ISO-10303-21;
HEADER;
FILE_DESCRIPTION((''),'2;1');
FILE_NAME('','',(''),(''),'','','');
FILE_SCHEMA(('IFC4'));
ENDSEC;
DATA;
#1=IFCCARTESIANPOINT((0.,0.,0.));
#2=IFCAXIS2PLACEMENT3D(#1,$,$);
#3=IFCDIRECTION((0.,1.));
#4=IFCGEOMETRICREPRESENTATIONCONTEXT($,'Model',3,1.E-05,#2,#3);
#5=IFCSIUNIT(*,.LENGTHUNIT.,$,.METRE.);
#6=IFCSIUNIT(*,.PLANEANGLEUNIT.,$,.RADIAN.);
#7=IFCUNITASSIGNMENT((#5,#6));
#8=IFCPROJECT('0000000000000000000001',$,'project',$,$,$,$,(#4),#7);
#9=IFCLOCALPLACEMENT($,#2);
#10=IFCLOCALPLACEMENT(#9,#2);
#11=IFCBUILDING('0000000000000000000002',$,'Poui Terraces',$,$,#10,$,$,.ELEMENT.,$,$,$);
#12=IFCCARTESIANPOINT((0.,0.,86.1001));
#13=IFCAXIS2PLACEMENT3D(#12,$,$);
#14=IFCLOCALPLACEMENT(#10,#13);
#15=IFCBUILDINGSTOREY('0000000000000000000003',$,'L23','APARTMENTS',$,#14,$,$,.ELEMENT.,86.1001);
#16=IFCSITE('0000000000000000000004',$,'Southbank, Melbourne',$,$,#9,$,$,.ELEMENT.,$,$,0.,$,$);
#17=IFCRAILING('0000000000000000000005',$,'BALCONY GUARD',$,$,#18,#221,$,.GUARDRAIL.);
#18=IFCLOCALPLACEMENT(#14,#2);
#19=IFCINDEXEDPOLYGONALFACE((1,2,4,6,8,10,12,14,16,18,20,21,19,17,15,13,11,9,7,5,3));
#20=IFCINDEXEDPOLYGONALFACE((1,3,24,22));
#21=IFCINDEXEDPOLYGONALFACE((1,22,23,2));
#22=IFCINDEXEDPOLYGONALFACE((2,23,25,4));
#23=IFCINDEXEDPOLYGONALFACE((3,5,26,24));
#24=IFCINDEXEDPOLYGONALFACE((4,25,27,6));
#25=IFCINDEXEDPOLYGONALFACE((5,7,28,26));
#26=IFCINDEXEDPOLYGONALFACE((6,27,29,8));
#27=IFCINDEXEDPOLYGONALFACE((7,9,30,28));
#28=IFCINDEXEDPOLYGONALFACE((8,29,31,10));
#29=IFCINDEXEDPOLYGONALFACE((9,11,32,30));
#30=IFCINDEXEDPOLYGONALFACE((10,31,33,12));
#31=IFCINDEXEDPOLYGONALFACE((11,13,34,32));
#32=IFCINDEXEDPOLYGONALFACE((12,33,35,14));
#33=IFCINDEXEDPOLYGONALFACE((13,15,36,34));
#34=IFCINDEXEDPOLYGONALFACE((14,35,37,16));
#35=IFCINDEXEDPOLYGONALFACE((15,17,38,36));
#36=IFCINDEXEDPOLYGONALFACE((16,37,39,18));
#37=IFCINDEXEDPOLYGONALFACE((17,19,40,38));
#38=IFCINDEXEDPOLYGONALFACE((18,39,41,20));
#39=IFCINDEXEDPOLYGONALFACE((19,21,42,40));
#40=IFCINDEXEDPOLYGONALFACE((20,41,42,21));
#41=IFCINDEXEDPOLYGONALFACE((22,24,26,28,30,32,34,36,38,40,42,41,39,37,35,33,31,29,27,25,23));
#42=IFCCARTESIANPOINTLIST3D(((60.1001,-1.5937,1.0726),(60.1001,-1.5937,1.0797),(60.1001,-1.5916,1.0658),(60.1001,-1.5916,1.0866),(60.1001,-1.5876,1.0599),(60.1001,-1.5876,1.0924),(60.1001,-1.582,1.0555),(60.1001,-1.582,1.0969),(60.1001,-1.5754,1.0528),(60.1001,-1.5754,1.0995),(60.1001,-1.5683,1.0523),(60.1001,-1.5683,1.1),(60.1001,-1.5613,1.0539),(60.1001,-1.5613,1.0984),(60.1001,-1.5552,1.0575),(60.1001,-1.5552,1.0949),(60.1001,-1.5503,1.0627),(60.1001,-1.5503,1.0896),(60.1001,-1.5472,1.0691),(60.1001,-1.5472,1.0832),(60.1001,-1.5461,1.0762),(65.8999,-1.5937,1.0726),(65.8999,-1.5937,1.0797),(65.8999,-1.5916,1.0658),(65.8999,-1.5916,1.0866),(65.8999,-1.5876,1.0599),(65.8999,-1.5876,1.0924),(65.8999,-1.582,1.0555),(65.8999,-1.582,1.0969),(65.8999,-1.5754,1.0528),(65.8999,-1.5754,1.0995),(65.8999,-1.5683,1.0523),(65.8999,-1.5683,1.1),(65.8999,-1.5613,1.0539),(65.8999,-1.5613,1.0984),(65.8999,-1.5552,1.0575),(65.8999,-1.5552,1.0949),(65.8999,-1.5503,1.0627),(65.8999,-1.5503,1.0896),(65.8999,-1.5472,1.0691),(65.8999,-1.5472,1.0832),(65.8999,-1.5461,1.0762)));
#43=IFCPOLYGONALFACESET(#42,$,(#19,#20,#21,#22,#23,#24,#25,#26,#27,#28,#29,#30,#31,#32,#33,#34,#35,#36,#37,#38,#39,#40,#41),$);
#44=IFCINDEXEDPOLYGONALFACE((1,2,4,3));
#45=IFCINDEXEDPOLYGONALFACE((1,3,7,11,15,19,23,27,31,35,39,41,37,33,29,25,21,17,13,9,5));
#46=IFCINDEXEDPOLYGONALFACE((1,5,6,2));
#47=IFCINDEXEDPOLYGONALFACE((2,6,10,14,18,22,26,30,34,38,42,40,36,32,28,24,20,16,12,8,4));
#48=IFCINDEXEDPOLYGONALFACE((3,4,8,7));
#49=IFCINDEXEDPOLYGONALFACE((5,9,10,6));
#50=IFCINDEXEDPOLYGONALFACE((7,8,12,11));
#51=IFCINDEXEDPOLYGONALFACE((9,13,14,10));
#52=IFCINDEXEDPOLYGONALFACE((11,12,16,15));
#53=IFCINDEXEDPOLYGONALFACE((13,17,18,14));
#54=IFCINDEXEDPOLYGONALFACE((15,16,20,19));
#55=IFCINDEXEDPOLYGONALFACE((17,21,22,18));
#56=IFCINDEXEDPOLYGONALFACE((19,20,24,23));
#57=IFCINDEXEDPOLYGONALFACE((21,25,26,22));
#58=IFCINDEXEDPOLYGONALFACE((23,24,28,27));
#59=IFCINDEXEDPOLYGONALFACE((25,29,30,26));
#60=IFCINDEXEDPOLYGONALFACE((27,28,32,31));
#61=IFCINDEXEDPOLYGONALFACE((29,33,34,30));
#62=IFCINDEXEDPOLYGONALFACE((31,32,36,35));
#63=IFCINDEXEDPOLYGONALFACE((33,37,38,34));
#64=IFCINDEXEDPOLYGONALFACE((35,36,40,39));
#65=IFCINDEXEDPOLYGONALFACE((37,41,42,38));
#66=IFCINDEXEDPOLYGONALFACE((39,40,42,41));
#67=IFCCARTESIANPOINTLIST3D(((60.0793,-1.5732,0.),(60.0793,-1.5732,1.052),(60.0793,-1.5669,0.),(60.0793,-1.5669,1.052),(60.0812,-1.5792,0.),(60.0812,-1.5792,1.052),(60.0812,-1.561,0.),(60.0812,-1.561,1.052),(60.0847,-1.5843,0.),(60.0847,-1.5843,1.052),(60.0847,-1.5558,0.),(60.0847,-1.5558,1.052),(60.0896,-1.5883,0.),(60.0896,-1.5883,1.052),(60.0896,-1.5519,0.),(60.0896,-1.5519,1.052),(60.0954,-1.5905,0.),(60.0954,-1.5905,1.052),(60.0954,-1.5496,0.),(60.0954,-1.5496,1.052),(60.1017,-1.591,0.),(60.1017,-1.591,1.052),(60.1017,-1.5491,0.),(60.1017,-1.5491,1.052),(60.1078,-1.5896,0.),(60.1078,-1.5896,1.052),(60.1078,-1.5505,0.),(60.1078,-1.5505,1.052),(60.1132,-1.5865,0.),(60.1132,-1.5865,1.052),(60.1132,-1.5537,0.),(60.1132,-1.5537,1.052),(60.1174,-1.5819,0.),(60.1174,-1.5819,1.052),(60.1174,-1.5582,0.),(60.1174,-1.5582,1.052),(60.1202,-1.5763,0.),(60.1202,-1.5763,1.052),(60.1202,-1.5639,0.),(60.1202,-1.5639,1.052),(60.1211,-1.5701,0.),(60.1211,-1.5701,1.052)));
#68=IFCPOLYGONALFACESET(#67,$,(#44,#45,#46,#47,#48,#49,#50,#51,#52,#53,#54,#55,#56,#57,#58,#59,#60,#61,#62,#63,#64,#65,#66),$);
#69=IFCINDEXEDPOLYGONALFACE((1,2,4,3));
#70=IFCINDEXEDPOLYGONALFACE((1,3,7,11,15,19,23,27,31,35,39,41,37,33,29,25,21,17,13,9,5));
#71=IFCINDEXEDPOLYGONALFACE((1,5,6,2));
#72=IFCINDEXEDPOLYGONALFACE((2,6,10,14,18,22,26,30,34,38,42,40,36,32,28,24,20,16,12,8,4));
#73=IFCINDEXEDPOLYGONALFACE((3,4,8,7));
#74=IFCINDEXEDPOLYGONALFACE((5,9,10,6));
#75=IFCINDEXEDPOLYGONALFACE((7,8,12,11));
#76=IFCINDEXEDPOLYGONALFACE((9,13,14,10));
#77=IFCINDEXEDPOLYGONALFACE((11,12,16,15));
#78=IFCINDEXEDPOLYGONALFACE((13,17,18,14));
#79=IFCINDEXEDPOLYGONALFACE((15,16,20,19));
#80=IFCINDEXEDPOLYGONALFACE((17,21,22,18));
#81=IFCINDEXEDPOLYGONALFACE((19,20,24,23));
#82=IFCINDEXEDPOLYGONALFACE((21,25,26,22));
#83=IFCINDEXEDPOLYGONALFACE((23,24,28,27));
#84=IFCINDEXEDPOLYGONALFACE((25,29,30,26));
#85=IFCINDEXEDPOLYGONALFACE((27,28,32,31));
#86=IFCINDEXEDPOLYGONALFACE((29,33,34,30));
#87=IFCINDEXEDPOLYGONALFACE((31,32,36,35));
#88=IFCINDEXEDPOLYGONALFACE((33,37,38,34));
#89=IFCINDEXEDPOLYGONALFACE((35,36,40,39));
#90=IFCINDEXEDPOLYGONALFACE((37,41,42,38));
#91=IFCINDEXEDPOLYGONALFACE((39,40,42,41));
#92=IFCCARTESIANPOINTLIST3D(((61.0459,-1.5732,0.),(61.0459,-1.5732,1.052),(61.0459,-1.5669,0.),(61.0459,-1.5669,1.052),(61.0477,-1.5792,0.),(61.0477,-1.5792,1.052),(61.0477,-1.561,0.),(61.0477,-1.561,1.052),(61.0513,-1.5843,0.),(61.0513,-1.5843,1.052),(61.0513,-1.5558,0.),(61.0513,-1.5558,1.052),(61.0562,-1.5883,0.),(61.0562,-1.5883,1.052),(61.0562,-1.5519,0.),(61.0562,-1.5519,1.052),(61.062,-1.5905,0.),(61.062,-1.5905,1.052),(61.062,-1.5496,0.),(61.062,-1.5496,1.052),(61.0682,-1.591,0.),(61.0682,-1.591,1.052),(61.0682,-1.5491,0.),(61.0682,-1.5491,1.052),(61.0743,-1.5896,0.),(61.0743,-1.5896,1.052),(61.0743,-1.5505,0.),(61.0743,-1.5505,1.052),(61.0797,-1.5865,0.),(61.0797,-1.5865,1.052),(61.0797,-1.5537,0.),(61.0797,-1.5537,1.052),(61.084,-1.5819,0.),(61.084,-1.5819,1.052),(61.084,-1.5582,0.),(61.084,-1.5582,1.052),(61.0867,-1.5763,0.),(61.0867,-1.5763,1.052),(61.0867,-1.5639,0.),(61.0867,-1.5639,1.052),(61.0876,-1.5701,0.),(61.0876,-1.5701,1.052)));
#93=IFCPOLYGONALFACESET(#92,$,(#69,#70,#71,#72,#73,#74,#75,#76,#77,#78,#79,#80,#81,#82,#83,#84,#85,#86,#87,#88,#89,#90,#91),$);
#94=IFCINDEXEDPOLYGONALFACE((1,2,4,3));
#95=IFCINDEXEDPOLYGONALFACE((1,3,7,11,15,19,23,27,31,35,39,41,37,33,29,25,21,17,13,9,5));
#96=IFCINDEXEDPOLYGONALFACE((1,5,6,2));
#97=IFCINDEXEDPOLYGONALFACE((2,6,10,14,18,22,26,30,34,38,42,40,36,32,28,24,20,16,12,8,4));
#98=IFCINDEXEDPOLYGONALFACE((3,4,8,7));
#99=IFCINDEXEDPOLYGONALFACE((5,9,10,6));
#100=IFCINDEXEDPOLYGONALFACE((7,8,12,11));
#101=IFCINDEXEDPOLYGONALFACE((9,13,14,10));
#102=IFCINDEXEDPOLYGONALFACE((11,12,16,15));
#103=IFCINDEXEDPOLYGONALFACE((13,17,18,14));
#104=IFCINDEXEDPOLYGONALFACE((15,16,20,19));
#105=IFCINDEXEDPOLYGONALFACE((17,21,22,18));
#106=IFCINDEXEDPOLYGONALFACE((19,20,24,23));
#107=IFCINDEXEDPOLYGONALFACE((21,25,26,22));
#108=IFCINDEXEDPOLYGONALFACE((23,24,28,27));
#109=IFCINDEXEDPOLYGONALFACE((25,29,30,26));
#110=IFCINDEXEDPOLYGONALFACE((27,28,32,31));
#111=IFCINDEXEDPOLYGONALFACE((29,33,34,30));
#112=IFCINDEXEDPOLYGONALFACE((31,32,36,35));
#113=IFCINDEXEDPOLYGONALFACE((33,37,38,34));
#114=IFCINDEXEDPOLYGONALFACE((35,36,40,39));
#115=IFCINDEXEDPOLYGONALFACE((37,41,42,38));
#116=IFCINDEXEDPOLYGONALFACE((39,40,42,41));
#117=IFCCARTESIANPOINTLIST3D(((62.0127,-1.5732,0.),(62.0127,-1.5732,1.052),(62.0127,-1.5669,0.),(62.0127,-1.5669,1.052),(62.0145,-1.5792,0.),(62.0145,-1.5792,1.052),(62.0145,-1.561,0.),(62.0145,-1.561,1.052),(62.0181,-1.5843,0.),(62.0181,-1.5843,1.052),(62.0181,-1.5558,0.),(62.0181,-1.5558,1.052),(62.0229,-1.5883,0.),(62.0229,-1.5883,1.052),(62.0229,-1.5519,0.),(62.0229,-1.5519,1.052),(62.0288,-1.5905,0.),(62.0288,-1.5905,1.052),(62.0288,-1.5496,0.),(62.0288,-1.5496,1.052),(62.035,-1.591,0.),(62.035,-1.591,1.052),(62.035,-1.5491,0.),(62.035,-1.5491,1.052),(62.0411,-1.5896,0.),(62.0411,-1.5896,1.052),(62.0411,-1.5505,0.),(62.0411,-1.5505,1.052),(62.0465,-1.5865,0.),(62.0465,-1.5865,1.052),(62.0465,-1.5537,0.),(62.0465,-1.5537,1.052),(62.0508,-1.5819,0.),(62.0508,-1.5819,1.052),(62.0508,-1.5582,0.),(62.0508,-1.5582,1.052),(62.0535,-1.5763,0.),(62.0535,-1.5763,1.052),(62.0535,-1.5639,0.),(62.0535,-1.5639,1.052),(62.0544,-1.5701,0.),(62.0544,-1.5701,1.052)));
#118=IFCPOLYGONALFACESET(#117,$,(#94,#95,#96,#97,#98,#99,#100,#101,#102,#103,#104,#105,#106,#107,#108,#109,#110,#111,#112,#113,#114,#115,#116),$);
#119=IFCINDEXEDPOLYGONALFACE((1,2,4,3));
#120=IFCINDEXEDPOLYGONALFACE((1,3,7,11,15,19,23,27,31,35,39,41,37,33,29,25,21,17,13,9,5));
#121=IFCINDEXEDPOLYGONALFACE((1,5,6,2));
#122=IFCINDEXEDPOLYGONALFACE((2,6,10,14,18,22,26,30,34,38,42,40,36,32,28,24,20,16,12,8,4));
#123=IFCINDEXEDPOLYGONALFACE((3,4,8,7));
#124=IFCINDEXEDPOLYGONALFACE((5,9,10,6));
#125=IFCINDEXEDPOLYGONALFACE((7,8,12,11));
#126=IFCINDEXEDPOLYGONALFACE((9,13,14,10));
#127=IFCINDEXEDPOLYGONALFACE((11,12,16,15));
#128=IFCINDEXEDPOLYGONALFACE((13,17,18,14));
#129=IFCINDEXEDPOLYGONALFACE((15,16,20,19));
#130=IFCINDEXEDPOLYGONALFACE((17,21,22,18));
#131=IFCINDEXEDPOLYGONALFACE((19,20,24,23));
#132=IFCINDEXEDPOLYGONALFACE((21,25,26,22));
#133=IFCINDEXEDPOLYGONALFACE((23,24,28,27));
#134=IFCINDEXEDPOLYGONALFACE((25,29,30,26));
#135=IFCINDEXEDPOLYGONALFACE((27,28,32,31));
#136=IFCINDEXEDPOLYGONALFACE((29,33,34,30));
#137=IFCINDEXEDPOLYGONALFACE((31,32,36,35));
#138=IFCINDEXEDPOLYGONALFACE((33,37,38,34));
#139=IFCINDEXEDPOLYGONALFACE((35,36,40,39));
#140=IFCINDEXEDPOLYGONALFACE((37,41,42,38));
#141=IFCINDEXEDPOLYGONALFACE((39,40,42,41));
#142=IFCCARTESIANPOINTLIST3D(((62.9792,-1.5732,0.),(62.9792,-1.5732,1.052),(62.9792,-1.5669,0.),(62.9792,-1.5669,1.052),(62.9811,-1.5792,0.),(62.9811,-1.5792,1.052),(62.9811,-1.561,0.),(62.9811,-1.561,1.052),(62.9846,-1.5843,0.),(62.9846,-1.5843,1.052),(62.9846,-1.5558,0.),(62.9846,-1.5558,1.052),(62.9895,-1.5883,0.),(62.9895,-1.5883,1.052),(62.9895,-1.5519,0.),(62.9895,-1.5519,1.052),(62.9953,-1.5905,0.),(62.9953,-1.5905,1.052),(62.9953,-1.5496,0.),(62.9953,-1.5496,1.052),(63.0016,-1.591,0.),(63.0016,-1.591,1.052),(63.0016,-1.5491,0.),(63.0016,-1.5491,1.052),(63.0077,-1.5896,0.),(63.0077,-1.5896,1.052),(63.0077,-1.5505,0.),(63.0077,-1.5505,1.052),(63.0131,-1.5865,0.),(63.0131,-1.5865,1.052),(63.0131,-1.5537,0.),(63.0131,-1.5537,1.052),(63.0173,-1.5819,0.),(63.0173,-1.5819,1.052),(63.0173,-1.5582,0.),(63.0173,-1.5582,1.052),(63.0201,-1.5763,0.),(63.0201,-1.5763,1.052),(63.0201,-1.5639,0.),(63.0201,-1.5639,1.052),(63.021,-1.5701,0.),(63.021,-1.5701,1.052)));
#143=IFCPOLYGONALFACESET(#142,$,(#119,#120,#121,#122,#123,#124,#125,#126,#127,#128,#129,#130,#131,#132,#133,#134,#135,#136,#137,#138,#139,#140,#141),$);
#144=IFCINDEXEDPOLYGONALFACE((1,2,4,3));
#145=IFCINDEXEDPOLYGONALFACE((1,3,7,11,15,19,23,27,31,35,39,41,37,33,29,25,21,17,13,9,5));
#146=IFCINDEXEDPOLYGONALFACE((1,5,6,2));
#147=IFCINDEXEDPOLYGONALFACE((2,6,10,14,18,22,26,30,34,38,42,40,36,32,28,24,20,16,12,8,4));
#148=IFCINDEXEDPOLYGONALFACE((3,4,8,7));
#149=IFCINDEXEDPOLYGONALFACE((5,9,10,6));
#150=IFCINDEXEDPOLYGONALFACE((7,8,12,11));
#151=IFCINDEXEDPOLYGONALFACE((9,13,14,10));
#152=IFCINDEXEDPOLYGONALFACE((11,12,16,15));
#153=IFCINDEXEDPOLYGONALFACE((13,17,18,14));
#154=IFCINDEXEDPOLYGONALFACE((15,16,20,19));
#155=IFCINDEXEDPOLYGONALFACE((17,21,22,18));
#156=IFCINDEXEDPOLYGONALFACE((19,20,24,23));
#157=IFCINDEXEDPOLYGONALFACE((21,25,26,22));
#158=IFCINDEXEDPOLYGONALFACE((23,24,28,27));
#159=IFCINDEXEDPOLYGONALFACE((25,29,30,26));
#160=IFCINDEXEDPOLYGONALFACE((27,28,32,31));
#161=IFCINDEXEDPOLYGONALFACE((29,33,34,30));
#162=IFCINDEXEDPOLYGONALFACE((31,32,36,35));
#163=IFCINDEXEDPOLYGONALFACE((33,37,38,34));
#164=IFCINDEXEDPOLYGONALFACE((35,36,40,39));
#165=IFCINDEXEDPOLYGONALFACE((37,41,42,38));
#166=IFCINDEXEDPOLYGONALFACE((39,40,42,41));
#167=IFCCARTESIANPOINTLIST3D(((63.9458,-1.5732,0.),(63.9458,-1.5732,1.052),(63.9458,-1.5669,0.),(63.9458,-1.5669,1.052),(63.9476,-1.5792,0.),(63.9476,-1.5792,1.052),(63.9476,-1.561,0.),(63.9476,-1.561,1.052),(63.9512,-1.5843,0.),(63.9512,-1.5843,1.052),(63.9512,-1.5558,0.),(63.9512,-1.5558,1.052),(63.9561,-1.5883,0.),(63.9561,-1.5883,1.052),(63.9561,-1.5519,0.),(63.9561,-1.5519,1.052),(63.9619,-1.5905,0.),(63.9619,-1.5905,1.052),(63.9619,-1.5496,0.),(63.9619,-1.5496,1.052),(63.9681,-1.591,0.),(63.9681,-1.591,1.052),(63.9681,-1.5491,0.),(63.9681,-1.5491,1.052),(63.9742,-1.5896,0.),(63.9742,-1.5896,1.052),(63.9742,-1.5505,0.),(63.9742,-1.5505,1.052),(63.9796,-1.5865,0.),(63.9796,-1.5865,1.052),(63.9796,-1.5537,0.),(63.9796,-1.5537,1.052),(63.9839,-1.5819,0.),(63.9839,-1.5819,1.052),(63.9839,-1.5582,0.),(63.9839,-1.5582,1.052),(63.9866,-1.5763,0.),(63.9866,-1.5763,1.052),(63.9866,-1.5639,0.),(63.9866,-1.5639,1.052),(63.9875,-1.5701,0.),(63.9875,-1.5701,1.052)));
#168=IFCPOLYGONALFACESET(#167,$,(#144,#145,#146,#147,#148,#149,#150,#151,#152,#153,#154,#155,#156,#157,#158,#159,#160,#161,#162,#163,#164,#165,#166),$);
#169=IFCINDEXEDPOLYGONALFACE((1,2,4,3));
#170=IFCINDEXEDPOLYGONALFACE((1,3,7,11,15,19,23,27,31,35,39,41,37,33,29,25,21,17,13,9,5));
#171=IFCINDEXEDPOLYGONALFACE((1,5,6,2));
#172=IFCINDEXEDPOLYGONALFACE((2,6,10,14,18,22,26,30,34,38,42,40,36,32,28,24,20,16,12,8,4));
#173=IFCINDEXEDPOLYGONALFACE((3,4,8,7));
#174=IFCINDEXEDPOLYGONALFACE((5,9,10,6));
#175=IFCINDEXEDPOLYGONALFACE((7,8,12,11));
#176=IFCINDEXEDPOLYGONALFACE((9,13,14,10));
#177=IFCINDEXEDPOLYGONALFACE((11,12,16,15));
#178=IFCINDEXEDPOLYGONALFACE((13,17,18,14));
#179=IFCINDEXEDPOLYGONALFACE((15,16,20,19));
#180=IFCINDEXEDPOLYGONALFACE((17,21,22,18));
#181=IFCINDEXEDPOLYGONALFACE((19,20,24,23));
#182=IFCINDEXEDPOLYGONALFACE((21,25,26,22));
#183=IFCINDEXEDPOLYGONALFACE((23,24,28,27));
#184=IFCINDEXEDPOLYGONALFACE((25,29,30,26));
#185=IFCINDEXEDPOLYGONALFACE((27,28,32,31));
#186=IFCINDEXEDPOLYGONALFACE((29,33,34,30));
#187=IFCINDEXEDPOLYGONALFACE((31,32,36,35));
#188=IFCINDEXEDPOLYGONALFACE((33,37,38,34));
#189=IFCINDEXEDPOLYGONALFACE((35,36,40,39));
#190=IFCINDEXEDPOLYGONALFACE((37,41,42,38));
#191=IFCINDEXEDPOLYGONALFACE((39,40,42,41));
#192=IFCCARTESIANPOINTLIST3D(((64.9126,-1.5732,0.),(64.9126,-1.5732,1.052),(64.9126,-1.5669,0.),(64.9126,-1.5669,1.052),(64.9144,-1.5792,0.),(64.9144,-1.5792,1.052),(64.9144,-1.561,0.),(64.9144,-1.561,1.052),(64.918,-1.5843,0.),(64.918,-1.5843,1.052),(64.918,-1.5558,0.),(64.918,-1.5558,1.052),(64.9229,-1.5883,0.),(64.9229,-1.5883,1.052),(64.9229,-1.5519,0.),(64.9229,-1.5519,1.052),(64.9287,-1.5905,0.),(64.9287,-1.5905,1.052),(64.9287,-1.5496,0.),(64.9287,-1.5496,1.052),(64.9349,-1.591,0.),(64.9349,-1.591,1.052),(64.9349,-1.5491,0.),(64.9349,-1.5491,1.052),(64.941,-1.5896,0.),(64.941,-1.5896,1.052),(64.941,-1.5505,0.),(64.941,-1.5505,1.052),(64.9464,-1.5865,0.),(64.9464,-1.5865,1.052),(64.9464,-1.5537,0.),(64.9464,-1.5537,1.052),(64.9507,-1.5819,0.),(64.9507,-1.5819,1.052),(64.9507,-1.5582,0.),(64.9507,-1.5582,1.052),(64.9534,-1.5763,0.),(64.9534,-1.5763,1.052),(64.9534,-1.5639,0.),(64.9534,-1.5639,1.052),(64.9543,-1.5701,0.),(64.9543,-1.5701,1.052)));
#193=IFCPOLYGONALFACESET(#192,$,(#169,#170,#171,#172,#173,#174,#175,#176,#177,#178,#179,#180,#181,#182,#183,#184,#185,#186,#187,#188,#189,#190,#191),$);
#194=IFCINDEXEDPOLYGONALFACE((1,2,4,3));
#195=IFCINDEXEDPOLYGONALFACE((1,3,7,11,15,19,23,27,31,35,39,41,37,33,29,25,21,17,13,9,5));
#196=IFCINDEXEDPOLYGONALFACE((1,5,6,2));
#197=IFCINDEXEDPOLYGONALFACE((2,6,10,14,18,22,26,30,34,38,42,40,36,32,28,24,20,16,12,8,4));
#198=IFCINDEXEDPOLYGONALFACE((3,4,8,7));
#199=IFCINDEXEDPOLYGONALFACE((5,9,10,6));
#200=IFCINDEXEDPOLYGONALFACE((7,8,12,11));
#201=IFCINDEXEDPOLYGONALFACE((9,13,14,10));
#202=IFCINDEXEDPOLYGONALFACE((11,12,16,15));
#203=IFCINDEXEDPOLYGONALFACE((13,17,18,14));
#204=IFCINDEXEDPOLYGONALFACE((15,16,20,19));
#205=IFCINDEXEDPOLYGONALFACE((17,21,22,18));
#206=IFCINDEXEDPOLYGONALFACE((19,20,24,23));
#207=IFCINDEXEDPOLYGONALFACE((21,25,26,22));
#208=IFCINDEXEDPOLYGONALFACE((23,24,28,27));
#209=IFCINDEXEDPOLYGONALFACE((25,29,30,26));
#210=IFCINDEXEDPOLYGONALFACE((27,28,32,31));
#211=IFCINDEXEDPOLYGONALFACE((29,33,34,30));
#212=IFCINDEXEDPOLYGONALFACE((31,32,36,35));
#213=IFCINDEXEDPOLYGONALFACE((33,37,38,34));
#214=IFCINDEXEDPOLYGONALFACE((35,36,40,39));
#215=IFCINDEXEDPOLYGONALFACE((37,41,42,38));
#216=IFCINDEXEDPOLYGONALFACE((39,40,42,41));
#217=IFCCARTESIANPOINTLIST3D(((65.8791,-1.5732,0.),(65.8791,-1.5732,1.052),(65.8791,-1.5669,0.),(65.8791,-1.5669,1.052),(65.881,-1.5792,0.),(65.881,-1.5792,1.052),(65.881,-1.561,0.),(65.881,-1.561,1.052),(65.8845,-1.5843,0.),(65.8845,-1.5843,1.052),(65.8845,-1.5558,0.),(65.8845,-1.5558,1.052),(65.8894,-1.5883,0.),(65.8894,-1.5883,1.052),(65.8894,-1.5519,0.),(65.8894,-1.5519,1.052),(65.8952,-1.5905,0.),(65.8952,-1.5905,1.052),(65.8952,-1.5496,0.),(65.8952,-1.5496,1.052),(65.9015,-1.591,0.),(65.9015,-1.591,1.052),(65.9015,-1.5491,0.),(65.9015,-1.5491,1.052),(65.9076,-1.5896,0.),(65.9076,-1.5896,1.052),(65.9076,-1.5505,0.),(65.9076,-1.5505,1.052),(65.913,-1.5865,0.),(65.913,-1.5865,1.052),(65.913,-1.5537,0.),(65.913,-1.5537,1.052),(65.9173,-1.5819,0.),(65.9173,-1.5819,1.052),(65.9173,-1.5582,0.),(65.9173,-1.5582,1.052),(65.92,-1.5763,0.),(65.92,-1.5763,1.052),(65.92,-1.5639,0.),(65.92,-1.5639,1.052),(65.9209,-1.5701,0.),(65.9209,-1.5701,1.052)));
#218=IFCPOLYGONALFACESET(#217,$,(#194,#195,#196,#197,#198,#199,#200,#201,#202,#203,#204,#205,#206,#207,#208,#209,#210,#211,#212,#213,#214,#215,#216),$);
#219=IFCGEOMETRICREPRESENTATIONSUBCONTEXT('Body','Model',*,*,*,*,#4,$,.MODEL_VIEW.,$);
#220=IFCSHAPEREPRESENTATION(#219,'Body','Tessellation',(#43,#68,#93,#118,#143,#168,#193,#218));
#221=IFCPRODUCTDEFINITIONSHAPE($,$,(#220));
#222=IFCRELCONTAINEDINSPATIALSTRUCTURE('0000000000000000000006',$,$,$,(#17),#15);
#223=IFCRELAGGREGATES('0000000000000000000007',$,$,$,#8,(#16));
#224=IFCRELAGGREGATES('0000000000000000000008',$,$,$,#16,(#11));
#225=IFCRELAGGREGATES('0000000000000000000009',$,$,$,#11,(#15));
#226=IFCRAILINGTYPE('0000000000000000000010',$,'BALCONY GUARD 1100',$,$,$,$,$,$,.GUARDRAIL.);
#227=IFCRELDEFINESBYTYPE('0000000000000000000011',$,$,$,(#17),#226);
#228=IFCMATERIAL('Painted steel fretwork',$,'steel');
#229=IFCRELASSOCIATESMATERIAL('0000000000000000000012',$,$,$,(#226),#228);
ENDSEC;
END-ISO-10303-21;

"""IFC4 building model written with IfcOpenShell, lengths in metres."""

from ifc_helpers import new_model, si_unit, direction, frame, origin, origin_2d, place, context, subcontext, project, spatial, circle, extrude, material, type_object, element, save


model = new_model("IFC4")

# Units and contexts
model_context = context("Model", 3, precision=1e-05, world=origin(), true_north=direction((0.0, 1.0)))
body_context = subcontext(model_context, "Body", "Model", "MODEL_VIEW")
ifc_project = project(units=[si_unit("LENGTHUNIT", "METRE"), si_unit("PLANEANGLEUNIT", "RADIAN")], contexts=[model_context])

# Site, building, storey
site_placement = place(None, origin())
site = spatial("IfcSite", under=ifc_project, at=site_placement, Name="Southbank, Melbourne", CompositionType="ELEMENT", RefElevation=0.0)
building_placement = place(site_placement, origin())
building = spatial("IfcBuilding", under=site, at=building_placement, Name="Poui Terraces", CompositionType="ELEMENT")
storey_placement = place(building_placement, frame((0.0, 0.0, 86.1001)))
storey = spatial("IfcBuildingStorey", under=building, at=storey_placement, Name="L23", Description="APARTMENTS", CompositionType="ELEMENT", Elevation=86.1001)

# Railing
ifc_material_1 = material(Name="Painted steel fretwork", Category="steel")
railing_type = type_object("IfcRailingType", Name="BALCONY GUARD 1100", PredefinedType="GUARDRAIL", material=ifc_material_1)
railing_placement = place(storey_placement, frame((60.1001, -1.5701, 0.0)))
element("IfcRailing", 1, at=railing_placement, inside=storey, type_object=railing_type, Name="BALCONY GUARD", PredefinedType="GUARDRAIL", context=body_context, shape_type="SweptSolid", body=[
    extrude(circle(Radius=0.0239, at=origin_2d()), frame((0.0, 0.0, 1.0762), z_axis=(1.0, 0.0, 0.0), x_axis=(0.0, 1.0, 0.0)), (0.0, 0.0, 1.0), 5.7998),
    extrude(circle(Radius=0.021, at=origin_2d()), origin(), (0.0, 0.0, 1.0), 1.052),
    extrude(circle(Radius=0.021, at=origin_2d()), frame((0.9666, 0.0, 0.0)), (0.0, 0.0, 1.0), 1.052),
    extrude(circle(Radius=0.021, at=origin_2d()), frame((1.9333, 0.0, 0.0)), (0.0, 0.0, 1.0), 1.052),
    extrude(circle(Radius=0.021, at=origin_2d()), frame((2.8999, 0.0, 0.0)), (0.0, 0.0, 1.0), 1.052),
    extrude(circle(Radius=0.021, at=origin_2d()), frame((3.8665, 0.0, 0.0)), (0.0, 0.0, 1.0), 1.052),
    extrude(circle(Radius=0.021, at=origin_2d()), frame((4.8333, 0.0, 0.0)), (0.0, 0.0, 1.0), 1.052),
    extrude(circle(Radius=0.021, at=origin_2d()), frame((5.7998, 0.0, 0.0)), (0.0, 0.0, 1.0), 1.052),
])

save(model, "model.ifc")
